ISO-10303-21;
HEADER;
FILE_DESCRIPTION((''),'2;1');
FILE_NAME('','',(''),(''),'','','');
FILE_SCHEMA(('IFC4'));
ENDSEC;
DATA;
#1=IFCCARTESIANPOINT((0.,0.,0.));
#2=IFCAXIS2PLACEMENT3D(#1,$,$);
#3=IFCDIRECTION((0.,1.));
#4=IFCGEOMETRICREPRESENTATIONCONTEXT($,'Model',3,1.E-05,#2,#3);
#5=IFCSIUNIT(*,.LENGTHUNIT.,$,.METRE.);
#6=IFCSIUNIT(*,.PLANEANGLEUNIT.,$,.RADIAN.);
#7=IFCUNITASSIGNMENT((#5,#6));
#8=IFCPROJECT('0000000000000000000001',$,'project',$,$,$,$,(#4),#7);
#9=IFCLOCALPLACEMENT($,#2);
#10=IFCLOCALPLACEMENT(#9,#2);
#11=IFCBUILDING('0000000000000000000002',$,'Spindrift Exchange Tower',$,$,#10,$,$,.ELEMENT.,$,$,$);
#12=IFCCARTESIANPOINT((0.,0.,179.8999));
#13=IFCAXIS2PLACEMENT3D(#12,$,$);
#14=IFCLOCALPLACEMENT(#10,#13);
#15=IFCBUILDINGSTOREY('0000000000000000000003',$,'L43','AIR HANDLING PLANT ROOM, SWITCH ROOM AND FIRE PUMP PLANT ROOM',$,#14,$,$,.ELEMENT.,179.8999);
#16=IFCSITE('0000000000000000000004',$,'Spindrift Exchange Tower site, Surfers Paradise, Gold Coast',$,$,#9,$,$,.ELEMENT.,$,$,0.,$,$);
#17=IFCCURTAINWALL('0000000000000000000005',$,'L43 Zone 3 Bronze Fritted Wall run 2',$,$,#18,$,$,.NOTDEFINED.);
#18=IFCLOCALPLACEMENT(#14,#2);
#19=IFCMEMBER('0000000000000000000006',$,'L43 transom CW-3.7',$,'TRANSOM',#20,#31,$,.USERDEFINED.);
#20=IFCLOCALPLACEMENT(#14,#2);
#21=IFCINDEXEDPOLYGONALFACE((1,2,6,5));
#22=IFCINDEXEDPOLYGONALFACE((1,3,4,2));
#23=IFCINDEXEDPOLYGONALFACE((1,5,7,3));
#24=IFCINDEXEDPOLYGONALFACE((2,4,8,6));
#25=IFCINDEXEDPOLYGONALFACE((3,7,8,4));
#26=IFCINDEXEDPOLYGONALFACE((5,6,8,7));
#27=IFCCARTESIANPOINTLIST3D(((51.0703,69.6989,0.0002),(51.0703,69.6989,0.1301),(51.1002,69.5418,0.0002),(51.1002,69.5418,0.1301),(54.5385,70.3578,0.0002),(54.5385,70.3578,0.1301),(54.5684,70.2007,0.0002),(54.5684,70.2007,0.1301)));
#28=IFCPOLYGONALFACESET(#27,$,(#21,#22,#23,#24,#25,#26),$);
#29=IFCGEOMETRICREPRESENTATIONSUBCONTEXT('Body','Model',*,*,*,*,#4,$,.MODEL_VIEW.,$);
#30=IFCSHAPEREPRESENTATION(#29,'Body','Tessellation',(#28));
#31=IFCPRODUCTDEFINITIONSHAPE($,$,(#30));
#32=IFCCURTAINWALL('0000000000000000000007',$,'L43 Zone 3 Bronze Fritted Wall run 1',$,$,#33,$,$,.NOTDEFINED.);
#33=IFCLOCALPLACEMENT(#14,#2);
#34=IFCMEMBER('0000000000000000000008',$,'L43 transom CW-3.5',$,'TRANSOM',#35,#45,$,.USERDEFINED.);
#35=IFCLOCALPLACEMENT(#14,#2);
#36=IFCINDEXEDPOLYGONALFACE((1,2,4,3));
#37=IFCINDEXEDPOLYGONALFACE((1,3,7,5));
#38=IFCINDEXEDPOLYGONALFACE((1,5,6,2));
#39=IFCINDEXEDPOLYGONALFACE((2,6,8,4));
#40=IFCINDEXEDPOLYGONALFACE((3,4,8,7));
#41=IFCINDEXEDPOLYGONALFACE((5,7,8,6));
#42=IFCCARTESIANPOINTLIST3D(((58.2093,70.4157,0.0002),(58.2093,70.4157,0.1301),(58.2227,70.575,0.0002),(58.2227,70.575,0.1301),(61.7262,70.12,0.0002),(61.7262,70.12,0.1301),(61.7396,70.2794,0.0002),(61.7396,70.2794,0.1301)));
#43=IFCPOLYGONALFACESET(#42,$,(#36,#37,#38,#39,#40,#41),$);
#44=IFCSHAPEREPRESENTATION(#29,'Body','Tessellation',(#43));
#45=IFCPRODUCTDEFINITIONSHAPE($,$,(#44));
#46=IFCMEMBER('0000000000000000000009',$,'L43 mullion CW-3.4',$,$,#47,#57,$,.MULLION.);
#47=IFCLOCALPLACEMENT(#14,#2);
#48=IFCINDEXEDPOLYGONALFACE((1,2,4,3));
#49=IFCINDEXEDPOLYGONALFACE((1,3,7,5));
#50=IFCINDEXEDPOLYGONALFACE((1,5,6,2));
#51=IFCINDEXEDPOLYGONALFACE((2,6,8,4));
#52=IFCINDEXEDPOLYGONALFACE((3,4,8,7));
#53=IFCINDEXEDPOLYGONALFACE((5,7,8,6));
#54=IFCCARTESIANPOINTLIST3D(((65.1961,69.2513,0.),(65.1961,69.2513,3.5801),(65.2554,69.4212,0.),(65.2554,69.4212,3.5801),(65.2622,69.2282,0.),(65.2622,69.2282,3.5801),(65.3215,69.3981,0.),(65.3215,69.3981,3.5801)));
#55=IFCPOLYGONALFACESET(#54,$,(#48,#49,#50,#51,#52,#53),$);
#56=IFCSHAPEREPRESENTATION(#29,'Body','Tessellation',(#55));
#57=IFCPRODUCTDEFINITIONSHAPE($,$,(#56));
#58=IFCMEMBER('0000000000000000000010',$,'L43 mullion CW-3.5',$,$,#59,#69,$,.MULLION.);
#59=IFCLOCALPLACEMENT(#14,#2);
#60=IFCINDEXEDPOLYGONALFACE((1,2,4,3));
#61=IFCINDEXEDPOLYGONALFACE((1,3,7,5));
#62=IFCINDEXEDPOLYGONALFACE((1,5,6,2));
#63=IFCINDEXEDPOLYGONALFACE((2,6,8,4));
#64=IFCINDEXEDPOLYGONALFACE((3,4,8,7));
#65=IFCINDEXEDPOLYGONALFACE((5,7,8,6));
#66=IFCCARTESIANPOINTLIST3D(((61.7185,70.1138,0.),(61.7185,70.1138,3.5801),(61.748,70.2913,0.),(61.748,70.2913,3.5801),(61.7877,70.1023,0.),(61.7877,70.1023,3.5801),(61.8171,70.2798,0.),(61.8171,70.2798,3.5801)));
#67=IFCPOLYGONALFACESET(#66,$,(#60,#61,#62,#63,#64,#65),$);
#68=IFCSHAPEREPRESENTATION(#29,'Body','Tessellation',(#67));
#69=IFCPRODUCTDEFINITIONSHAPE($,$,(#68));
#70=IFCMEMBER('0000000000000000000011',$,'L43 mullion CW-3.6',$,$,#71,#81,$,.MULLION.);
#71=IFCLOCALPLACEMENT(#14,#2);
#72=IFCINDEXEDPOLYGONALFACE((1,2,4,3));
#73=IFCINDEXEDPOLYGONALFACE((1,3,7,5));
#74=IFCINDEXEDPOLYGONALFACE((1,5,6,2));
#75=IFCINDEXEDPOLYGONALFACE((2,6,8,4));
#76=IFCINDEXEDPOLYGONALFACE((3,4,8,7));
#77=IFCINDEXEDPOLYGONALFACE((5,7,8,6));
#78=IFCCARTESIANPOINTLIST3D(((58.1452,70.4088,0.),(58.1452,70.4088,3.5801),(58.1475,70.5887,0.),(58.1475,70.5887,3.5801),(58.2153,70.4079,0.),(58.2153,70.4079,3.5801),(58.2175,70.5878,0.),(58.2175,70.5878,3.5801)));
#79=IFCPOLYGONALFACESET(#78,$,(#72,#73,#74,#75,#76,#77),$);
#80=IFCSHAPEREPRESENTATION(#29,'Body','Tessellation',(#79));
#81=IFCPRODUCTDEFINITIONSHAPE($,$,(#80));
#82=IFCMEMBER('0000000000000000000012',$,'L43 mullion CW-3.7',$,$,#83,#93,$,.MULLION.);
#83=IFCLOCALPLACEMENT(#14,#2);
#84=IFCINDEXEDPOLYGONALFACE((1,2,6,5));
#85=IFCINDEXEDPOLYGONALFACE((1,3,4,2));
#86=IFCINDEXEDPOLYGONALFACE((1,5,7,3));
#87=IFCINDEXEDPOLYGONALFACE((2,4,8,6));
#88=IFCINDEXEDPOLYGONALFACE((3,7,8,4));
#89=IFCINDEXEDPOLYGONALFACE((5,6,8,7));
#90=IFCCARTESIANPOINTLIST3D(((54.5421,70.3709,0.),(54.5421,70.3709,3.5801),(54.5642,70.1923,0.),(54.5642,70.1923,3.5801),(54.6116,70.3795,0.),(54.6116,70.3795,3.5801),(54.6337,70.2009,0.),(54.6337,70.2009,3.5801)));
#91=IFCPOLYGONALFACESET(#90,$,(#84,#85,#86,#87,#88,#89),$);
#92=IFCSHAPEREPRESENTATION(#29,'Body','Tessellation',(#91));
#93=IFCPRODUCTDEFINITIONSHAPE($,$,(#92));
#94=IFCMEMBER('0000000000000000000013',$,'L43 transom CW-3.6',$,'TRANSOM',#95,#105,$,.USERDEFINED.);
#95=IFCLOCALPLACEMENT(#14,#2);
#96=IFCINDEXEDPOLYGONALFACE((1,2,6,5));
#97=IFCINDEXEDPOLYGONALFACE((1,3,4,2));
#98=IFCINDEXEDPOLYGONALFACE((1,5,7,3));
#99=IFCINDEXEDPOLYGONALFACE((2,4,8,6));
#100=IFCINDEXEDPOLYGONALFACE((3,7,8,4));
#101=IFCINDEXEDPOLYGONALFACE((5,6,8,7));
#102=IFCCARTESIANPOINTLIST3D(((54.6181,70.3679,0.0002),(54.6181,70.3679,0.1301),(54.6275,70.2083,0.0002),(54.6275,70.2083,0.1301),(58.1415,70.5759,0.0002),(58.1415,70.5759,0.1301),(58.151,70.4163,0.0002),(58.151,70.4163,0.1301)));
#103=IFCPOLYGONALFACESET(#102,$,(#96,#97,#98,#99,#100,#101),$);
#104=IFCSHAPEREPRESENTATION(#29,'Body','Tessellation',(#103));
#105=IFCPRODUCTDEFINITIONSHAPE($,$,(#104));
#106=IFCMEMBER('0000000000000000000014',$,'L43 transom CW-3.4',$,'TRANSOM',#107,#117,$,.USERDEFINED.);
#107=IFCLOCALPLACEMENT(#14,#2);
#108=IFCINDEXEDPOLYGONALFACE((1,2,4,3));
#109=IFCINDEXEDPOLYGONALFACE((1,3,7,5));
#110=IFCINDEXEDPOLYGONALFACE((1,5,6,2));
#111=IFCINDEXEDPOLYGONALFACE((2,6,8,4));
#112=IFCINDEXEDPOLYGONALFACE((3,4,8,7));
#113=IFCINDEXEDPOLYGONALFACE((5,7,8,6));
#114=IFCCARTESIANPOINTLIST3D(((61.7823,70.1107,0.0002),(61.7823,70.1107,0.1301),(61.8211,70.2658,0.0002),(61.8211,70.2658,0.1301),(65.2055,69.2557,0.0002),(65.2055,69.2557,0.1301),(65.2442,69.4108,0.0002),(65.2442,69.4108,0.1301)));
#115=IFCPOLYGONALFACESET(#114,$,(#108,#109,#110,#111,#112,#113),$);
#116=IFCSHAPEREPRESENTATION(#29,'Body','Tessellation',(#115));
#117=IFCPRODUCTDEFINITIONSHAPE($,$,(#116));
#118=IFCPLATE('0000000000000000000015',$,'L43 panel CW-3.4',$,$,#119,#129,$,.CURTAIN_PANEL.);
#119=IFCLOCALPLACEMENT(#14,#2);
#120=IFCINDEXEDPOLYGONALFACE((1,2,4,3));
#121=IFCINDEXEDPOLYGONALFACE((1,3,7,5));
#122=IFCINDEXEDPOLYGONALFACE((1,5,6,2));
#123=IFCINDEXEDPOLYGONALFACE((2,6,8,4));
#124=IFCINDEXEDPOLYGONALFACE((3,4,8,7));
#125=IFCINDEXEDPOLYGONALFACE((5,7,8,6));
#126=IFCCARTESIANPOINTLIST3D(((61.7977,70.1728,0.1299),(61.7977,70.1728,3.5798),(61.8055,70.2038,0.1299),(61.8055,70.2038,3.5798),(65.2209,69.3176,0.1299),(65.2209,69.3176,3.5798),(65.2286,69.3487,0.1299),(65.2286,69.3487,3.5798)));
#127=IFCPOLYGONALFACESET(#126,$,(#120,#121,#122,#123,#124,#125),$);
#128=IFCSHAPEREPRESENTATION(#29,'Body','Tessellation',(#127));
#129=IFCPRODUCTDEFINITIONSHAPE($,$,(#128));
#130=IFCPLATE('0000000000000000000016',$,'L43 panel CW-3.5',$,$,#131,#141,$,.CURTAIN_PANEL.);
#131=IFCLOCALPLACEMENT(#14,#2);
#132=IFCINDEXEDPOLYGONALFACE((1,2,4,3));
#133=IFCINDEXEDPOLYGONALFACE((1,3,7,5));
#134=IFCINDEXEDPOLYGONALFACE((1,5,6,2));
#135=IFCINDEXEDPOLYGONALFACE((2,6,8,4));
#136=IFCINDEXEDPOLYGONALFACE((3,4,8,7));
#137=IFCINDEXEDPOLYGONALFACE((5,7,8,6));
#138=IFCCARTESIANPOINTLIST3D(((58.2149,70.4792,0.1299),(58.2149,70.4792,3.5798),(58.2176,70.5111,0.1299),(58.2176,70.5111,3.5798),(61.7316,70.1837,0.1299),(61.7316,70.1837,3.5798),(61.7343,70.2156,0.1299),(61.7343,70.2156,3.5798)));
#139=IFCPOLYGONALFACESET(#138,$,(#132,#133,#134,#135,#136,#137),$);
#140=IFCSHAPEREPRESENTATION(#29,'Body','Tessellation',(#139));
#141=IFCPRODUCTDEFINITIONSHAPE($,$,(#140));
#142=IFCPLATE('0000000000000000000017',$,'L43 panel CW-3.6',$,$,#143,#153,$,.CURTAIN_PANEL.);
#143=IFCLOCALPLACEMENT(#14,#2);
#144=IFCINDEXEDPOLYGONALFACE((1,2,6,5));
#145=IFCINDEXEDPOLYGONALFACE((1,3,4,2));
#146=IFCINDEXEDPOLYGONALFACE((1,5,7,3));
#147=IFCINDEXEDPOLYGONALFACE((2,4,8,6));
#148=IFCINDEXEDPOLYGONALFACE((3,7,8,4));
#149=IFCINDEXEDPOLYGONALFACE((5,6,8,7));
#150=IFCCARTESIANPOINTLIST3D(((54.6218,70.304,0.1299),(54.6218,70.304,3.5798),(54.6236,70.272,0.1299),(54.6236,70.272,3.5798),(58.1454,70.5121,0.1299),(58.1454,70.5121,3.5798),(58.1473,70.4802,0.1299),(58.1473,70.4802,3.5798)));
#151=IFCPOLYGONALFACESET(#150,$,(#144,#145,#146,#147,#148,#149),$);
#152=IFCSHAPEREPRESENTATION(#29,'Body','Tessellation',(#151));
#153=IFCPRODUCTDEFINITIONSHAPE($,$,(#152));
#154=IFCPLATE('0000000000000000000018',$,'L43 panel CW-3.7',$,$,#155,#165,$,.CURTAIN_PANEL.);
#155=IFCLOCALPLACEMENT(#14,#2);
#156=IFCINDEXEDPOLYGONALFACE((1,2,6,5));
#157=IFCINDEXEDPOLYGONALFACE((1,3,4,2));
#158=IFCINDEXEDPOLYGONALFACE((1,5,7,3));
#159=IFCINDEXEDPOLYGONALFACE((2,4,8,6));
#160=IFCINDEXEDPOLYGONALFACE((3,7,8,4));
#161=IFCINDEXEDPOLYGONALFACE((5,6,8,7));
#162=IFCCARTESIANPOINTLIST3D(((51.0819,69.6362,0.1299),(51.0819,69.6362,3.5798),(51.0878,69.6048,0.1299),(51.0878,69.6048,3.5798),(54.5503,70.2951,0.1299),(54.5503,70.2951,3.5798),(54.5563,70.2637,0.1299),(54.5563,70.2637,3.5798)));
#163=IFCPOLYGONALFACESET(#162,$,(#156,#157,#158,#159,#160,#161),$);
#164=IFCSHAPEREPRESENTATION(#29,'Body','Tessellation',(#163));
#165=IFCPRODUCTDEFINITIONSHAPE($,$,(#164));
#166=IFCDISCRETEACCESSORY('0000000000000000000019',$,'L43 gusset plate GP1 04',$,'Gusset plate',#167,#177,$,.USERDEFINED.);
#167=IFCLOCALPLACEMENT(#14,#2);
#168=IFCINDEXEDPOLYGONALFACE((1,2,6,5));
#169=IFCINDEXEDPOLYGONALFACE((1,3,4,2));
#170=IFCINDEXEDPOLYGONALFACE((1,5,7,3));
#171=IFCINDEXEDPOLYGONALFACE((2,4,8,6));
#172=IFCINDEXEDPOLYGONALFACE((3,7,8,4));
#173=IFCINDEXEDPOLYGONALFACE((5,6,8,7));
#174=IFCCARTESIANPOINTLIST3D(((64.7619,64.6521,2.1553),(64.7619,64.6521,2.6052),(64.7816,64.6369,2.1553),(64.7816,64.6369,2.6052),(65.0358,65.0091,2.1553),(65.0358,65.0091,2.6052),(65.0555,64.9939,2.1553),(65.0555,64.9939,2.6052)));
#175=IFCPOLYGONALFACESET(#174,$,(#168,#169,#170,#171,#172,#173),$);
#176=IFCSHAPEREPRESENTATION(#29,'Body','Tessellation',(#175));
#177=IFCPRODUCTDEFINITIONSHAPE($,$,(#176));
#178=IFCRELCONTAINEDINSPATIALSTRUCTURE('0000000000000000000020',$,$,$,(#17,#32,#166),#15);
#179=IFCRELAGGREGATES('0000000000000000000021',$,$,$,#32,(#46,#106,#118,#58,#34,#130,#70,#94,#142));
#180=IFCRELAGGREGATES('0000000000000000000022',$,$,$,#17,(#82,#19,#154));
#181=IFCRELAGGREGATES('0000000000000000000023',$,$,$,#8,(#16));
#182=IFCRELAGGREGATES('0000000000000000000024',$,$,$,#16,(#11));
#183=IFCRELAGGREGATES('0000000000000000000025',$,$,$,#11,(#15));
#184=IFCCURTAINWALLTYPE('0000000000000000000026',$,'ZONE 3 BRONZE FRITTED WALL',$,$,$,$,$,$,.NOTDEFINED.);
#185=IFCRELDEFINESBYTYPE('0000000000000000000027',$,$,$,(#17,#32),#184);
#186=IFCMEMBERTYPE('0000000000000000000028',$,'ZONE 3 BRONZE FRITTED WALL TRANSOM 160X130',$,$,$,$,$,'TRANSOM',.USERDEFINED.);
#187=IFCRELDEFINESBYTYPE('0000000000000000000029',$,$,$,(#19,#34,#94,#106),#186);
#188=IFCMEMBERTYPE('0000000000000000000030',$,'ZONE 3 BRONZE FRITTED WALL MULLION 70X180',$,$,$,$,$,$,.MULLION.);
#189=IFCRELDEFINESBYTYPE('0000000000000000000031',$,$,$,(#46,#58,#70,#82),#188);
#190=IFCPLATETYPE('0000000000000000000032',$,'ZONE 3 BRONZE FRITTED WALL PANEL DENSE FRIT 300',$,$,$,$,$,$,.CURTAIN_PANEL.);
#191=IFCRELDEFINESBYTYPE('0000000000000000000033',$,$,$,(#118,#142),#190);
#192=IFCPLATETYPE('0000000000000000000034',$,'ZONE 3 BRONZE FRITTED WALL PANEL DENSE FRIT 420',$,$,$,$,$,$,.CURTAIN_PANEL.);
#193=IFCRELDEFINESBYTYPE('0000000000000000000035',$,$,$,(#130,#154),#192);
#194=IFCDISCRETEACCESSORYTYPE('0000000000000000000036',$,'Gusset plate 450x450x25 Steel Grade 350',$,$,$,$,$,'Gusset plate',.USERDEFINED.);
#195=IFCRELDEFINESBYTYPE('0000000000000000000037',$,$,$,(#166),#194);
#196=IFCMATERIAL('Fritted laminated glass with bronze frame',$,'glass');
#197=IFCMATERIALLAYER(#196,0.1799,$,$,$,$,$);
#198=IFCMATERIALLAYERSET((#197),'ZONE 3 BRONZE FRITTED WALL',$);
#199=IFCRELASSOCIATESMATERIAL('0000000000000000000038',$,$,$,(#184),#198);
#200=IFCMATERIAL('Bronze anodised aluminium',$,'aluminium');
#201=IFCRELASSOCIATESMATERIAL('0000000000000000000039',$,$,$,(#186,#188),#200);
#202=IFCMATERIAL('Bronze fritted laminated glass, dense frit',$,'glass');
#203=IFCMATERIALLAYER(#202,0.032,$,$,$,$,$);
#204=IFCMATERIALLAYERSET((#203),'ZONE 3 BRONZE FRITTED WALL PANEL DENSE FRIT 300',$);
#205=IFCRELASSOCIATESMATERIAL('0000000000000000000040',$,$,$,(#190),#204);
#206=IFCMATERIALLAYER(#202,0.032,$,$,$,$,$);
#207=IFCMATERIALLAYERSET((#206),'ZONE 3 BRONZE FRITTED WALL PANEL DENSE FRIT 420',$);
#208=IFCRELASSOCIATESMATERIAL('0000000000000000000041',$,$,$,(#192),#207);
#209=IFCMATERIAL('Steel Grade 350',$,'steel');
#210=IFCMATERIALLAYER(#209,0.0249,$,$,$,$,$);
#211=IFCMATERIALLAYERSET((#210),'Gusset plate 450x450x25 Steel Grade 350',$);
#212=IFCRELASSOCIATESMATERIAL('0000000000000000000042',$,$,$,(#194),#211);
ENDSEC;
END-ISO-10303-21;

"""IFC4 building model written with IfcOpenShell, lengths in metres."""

from ifc_helpers import new_model, si_unit, direction, frame, origin, origin_2d, place, context, subcontext, project, spatial, rectangle, extrude, source, transform, mapped, material, layer, layer_set, material_profile, profile_set, type_object, element, aggregate, save


model = new_model("IFC4")

# Units and contexts
model_context = context("Model", 3, precision=1e-05, world=origin(), true_north=direction((0.0, 1.0)))
body_context = subcontext(model_context, "Body", "Model", "MODEL_VIEW")
ifc_project = project(units=[si_unit("LENGTHUNIT", "METRE"), si_unit("PLANEANGLEUNIT", "RADIAN")], contexts=[model_context])

# Site, building, storey
site_placement = place(None, origin())
site = spatial("IfcSite", under=ifc_project, at=site_placement, Name="Spindrift Exchange Tower site, Surfers Paradise, Gold Coast", CompositionType="ELEMENT", RefElevation=0.0)
building_placement = place(site_placement, origin())
building = spatial("IfcBuilding", under=site, at=building_placement, Name="Spindrift Exchange Tower", CompositionType="ELEMENT")
storey_placement = place(building_placement, frame((0.0, 0.0, 179.8999)))
storey = spatial("IfcBuildingStorey", under=building, at=storey_placement, Name="L43", Description="AIR HANDLING PLANT ROOM, SWITCH ROOM AND FIRE PUMP PLANT ROOM", CompositionType="ELEMENT", Elevation=179.8999)

# Shared definitions
ifc_material_1 = material(Name="Steel Grade 350", Category="steel")

# Curtain wall, member
ifc_material_2 = material(Name="Fritted laminated glass with bronze frame", Category="glass")
ifc_layer_1 = layer(ifc_material_2, 0.1799)
ifc_layer_set_1 = layer_set([ifc_layer_1], Name="ZONE 3 BRONZE FRITTED WALL")
curtain_wall_type = type_object("IfcCurtainWallType", Name="ZONE 3 BRONZE FRITTED WALL", PredefinedType="NOTDEFINED", material=ifc_layer_set_1)
curtain_wall_1_placement = place(storey_placement, origin())
curtain_wall_1 = element("IfcCurtainWall", 1, at=curtain_wall_1_placement, inside=storey, type_object=curtain_wall_type, Name="L43 Zone 3 Bronze Fritted Wall run 2", PredefinedType="NOTDEFINED")
ifc_material_3 = material(Name="Bronze anodised aluminium", Category="aluminium")
ifc_material_profile_1 = material_profile(ifc_material_3, rectangle(XDim=0.1599, YDim=0.1299, at=origin_2d()), Name="ZONE 3 BRONZE FRITTED WALL TRANSOM 160X130")
ifc_profile_set_1 = profile_set([ifc_material_profile_1], Name="Bronze anodised aluminium")
member_type_1 = type_object("IfcMemberType", Name="ZONE 3 BRONZE FRITTED WALL TRANSOM 160X130", ElementType="TRANSOM", PredefinedType="USERDEFINED", material=ifc_profile_set_1)
shared_shape_1 = source(origin(), body_context, "Body", "SweptSolid", [
    extrude(rectangle(XDim=0.1599, YDim=0.1299, at=origin_2d()), origin(), (0.0, 0.0, 1.0), 3.5303),
])
member_1_placement = place(storey_placement, frame((54.5535, 70.2793, 0.0652), z_axis=(-0.982426, -0.186651, 0.0), x_axis=(0.186651, -0.982426, 0.0)))
member_1 = element("IfcMember", 2, at=member_1_placement, type_object=member_type_1, Name="L43 transom CW-3.7", ObjectType="TRANSOM", PredefinedType="USERDEFINED", context=body_context, shape_type="MappedRepresentation", body=[
    mapped(shared_shape_1, transform((0.0, 0.0, 0.0), scale=1.0)),
])

# Curtain wall, members
curtain_wall_2_placement = place(storey_placement, origin())
curtain_wall_2 = element("IfcCurtainWall", 3, at=curtain_wall_2_placement, inside=storey, type_object=curtain_wall_type, Name="L43 Zone 3 Bronze Fritted Wall run 1", PredefinedType="NOTDEFINED")
shared_shape_2 = source(origin(), body_context, "Body", "SweptSolid", [
    extrude(rectangle(XDim=0.1599, YDim=0.1299, at=origin_2d()), origin(), (0.0, 0.0, 1.0), 3.5293),
])
member_2_placement = place(storey_placement, frame((61.7329, 70.1997, 0.0652), z_axis=(-0.996485, 0.083773, 0.0), x_axis=(-0.083773, -0.996485, 0.0)))
member_2 = element("IfcMember", 4, at=member_2_placement, type_object=member_type_1, Name="L43 transom CW-3.5", ObjectType="TRANSOM", PredefinedType="USERDEFINED", context=body_context, shape_type="MappedRepresentation", body=[
    mapped(shared_shape_2, transform((0.0, 0.0, 0.0), scale=1.0)),
])
ifc_material_profile_2 = material_profile(ifc_material_3, rectangle(XDim=0.0701, YDim=0.1799, at=origin_2d()), Name="ZONE 3 BRONZE FRITTED WALL MULLION 70X180")
ifc_profile_set_2 = profile_set([ifc_material_profile_2], Name="Bronze anodised aluminium")
member_type_2 = type_object("IfcMemberType", Name="ZONE 3 BRONZE FRITTED WALL MULLION 70X180", PredefinedType="MULLION", material=ifc_profile_set_2)
shared_shape_3 = source(origin(), body_context, "Body", "SweptSolid", [
    extrude(rectangle(XDim=0.0701, YDim=0.1799, at=origin_2d()), origin(), (0.0, 0.0, 1.0), 3.5801),
])
member_3_placement = place(storey_placement, frame((65.2588, 69.3247, 0.0), z_axis=(0.0, 0.0, 1.0), x_axis=(-0.944092, 0.329681, 0.0)))
member_3 = element("IfcMember", 5, at=member_3_placement, type_object=member_type_2, Name="L43 mullion CW-3.4", PredefinedType="MULLION", context=body_context, shape_type="MappedRepresentation", body=[
    mapped(shared_shape_3, transform((0.0, 0.0, 0.0), scale=1.0)),
])
member_4_placement = place(storey_placement, frame((61.7678, 70.1968, 0.0), z_axis=(0.0, 0.0, 1.0), x_axis=(-0.986529, 0.163587, 0.0)))
member_4 = element("IfcMember", 6, at=member_4_placement, type_object=member_type_2, Name="L43 mullion CW-3.5", PredefinedType="MULLION", context=body_context, shape_type="MappedRepresentation", body=[
    mapped(shared_shape_3, transform((0.0, 0.0, 0.0), scale=1.0)),
])
member_5_placement = place(storey_placement, frame((58.1814, 70.4983, 0.0), z_axis=(0.0, 0.0, 1.0), x_axis=(-0.999923, 0.012415, 0.0)))
member_5 = element("IfcMember", 7, at=member_5_placement, type_object=member_type_2, Name="L43 mullion CW-3.6", PredefinedType="MULLION", context=body_context, shape_type="MappedRepresentation", body=[
    mapped(shared_shape_3, transform((0.0, 0.0, 0.0), scale=1.0)),
])

# Members
member_6_placement = place(storey_placement, frame((54.5879, 70.2859, 0.0), z_axis=(0.0, 0.0, 1.0), x_axis=(-0.992398, -0.123067, 0.0)))
member_6 = element("IfcMember", 8, at=member_6_placement, type_object=member_type_2, Name="L43 mullion CW-3.7", PredefinedType="MULLION", context=body_context, shape_type="MappedRepresentation", body=[
    mapped(shared_shape_3, transform((0.0, 0.0, 0.0), scale=1.0)),
])
shared_shape_4 = source(origin(), body_context, "Body", "SweptSolid", [
    extrude(rectangle(XDim=0.1599, YDim=0.1299, at=origin_2d()), origin(), (0.0, 0.0, 1.0), 3.5295),
])
member_7_placement = place(storey_placement, frame((58.1462, 70.4961, 0.0652), z_axis=(-0.998262, -0.058933, 0.0), x_axis=(0.058933, -0.998262, 0.0)))
member_7 = element("IfcMember", 9, at=member_7_placement, type_object=member_type_1, Name="L43 transom CW-3.6", ObjectType="TRANSOM", PredefinedType="USERDEFINED", context=body_context, shape_type="MappedRepresentation", body=[
    mapped(shared_shape_4, transform((0.0, 0.0, 0.0), scale=1.0)),
])
shared_shape_5 = source(origin(), body_context, "Body", "SweptSolid", [
    extrude(rectangle(XDim=0.1599, YDim=0.1299, at=origin_2d()), origin(), (0.0, 0.0, 1.0), 3.5283),
])
member_8_placement = place(storey_placement, frame((65.2249, 69.3333, 0.0652), z_axis=(-0.970195, 0.242324, 0.0), x_axis=(-0.242324, -0.970195, 0.0)))
member_8 = element("IfcMember", 10, at=member_8_placement, type_object=member_type_1, Name="L43 transom CW-3.4", ObjectType="TRANSOM", PredefinedType="USERDEFINED", context=body_context, shape_type="MappedRepresentation", body=[
    mapped(shared_shape_5, transform((0.0, 0.0, 0.0), scale=1.0)),
])

# Plates
ifc_material_4 = material(Name="Bronze fritted laminated glass, dense frit", Category="glass")
ifc_layer_2 = layer(ifc_material_4, 0.032)
ifc_layer_set_2 = layer_set([ifc_layer_2], Name="ZONE 3 BRONZE FRITTED WALL PANEL DENSE FRIT 300")
plate_type_1 = type_object("IfcPlateType", Name="ZONE 3 BRONZE FRITTED WALL PANEL DENSE FRIT 300", PredefinedType="CURTAIN_PANEL", material=ifc_layer_set_2)
shared_shape_6 = source(origin(), body_context, "Body", "SweptSolid", [
    extrude(rectangle(XDim=3.5283, YDim=0.032, at=origin_2d()), origin(), (0.0, 0.0, 1.0), 3.45),
])
plate_1_placement = place(storey_placement, frame((63.5132, 69.7607, 0.1299), z_axis=(0.0, 0.0, 1.0), x_axis=(-0.970183, 0.242372, 0.0)))
plate_1 = element("IfcPlate", 11, at=plate_1_placement, type_object=plate_type_1, Name="L43 panel CW-3.4", PredefinedType="CURTAIN_PANEL", context=body_context, shape_type="MappedRepresentation", body=[
    mapped(shared_shape_6, transform((0.0, 0.0, 0.0), scale=1.0)),
])
ifc_layer_3 = layer(ifc_material_4, 0.032)
ifc_layer_set_3 = layer_set([ifc_layer_3], Name="ZONE 3 BRONZE FRITTED WALL PANEL DENSE FRIT 420")
plate_type_2 = type_object("IfcPlateType", Name="ZONE 3 BRONZE FRITTED WALL PANEL DENSE FRIT 420", PredefinedType="CURTAIN_PANEL", material=ifc_layer_set_3)
shared_shape_7 = source(origin(), body_context, "Body", "SweptSolid", [
    extrude(rectangle(XDim=3.5291, YDim=0.032, at=origin_2d()), origin(), (0.0, 0.0, 1.0), 3.45),
])
plate_2_placement = place(storey_placement, frame((59.9746, 70.3474, 0.1299), z_axis=(0.0, 0.0, 1.0), x_axis=(-0.996487, 0.083742, 0.0)))
plate_2 = element("IfcPlate", 12, at=plate_2_placement, type_object=plate_type_2, Name="L43 panel CW-3.5", PredefinedType="CURTAIN_PANEL", context=body_context, shape_type="MappedRepresentation", body=[
    mapped(shared_shape_7, transform((0.0, 0.0, 0.0), scale=1.0)),
])
shared_shape_8 = source(origin(), body_context, "Body", "SweptSolid", [
    extrude(rectangle(XDim=3.5298, YDim=0.032, at=origin_2d()), origin(), (0.0, 0.0, 1.0), 3.45),
])
plate_3_placement = place(storey_placement, frame((56.3845, 70.3921, 0.1299), z_axis=(0.0, 0.0, 1.0), x_axis=(-0.998259, -0.058975, 0.0)))
plate_3 = element("IfcPlate", 13, at=plate_3_placement, type_object=plate_type_1, Name="L43 panel CW-3.6", PredefinedType="CURTAIN_PANEL", context=body_context, shape_type="MappedRepresentation", body=[
    mapped(shared_shape_8, transform((0.0, 0.0, 0.0), scale=1.0)),
])
aggregate(curtain_wall_2, [member_3, member_8, plate_1, member_4, member_2, plate_2, member_5, member_7, plate_3])
shared_shape_9 = source(origin(), body_context, "Body", "SweptSolid", [
    extrude(rectangle(XDim=3.5305, YDim=0.032, at=origin_2d()), origin(), (0.0, 0.0, 1.0), 3.45),
])
plate_4_placement = place(storey_placement, frame((52.8191, 69.95, 0.1299), z_axis=(0.0, 0.0, 1.0), x_axis=(-0.982427, -0.186647, 0.0)))
plate_4 = element("IfcPlate", 14, at=plate_4_placement, type_object=plate_type_2, Name="L43 panel CW-3.7", PredefinedType="CURTAIN_PANEL", context=body_context, shape_type="MappedRepresentation", body=[
    mapped(shared_shape_9, transform((0.0, 0.0, 0.0), scale=1.0)),
])
aggregate(curtain_wall_1, [member_6, member_1, plate_4])

# Discrete accessory
ifc_layer_4 = layer(ifc_material_1, 0.0249)
ifc_layer_set_4 = layer_set([ifc_layer_4], Name="Gusset plate 450x450x25 Steel Grade 350")
discrete_accessory_type_1 = type_object("IfcDiscreteAccessoryType", Name="Gusset plate 450x450x25 Steel Grade 350", ElementType="Gusset plate", PredefinedType="USERDEFINED", material=ifc_layer_set_4)
shared_shape_10 = source(origin(), body_context, "Body", "SweptSolid", [
    extrude(rectangle(XDim=0.45, YDim=0.0249, at=origin_2d()), origin(), (0.0, 0.0, 1.0), 0.45),
])
for number, where, z_axis, x_axis, name in (
    (15, (64.9087, 64.823, 2.1553), (0.0, 0.0, 1.0), (0.608774, 0.793344, 0.0), "L43 gusset plate GP1 04"),
):
    element("IfcDiscreteAccessory", number, at=place(storey_placement, frame(where, z_axis=z_axis, x_axis=x_axis)), inside=storey, type_object=discrete_accessory_type_1, Name=name, ObjectType="Gusset plate", PredefinedType="USERDEFINED", context=body_context, shape_type="MappedRepresentation", body=[
        mapped(shared_shape_10, transform((0.0, 0.0, 0.0), scale=1.0)),
    ])

save(model, "model.ifc")
